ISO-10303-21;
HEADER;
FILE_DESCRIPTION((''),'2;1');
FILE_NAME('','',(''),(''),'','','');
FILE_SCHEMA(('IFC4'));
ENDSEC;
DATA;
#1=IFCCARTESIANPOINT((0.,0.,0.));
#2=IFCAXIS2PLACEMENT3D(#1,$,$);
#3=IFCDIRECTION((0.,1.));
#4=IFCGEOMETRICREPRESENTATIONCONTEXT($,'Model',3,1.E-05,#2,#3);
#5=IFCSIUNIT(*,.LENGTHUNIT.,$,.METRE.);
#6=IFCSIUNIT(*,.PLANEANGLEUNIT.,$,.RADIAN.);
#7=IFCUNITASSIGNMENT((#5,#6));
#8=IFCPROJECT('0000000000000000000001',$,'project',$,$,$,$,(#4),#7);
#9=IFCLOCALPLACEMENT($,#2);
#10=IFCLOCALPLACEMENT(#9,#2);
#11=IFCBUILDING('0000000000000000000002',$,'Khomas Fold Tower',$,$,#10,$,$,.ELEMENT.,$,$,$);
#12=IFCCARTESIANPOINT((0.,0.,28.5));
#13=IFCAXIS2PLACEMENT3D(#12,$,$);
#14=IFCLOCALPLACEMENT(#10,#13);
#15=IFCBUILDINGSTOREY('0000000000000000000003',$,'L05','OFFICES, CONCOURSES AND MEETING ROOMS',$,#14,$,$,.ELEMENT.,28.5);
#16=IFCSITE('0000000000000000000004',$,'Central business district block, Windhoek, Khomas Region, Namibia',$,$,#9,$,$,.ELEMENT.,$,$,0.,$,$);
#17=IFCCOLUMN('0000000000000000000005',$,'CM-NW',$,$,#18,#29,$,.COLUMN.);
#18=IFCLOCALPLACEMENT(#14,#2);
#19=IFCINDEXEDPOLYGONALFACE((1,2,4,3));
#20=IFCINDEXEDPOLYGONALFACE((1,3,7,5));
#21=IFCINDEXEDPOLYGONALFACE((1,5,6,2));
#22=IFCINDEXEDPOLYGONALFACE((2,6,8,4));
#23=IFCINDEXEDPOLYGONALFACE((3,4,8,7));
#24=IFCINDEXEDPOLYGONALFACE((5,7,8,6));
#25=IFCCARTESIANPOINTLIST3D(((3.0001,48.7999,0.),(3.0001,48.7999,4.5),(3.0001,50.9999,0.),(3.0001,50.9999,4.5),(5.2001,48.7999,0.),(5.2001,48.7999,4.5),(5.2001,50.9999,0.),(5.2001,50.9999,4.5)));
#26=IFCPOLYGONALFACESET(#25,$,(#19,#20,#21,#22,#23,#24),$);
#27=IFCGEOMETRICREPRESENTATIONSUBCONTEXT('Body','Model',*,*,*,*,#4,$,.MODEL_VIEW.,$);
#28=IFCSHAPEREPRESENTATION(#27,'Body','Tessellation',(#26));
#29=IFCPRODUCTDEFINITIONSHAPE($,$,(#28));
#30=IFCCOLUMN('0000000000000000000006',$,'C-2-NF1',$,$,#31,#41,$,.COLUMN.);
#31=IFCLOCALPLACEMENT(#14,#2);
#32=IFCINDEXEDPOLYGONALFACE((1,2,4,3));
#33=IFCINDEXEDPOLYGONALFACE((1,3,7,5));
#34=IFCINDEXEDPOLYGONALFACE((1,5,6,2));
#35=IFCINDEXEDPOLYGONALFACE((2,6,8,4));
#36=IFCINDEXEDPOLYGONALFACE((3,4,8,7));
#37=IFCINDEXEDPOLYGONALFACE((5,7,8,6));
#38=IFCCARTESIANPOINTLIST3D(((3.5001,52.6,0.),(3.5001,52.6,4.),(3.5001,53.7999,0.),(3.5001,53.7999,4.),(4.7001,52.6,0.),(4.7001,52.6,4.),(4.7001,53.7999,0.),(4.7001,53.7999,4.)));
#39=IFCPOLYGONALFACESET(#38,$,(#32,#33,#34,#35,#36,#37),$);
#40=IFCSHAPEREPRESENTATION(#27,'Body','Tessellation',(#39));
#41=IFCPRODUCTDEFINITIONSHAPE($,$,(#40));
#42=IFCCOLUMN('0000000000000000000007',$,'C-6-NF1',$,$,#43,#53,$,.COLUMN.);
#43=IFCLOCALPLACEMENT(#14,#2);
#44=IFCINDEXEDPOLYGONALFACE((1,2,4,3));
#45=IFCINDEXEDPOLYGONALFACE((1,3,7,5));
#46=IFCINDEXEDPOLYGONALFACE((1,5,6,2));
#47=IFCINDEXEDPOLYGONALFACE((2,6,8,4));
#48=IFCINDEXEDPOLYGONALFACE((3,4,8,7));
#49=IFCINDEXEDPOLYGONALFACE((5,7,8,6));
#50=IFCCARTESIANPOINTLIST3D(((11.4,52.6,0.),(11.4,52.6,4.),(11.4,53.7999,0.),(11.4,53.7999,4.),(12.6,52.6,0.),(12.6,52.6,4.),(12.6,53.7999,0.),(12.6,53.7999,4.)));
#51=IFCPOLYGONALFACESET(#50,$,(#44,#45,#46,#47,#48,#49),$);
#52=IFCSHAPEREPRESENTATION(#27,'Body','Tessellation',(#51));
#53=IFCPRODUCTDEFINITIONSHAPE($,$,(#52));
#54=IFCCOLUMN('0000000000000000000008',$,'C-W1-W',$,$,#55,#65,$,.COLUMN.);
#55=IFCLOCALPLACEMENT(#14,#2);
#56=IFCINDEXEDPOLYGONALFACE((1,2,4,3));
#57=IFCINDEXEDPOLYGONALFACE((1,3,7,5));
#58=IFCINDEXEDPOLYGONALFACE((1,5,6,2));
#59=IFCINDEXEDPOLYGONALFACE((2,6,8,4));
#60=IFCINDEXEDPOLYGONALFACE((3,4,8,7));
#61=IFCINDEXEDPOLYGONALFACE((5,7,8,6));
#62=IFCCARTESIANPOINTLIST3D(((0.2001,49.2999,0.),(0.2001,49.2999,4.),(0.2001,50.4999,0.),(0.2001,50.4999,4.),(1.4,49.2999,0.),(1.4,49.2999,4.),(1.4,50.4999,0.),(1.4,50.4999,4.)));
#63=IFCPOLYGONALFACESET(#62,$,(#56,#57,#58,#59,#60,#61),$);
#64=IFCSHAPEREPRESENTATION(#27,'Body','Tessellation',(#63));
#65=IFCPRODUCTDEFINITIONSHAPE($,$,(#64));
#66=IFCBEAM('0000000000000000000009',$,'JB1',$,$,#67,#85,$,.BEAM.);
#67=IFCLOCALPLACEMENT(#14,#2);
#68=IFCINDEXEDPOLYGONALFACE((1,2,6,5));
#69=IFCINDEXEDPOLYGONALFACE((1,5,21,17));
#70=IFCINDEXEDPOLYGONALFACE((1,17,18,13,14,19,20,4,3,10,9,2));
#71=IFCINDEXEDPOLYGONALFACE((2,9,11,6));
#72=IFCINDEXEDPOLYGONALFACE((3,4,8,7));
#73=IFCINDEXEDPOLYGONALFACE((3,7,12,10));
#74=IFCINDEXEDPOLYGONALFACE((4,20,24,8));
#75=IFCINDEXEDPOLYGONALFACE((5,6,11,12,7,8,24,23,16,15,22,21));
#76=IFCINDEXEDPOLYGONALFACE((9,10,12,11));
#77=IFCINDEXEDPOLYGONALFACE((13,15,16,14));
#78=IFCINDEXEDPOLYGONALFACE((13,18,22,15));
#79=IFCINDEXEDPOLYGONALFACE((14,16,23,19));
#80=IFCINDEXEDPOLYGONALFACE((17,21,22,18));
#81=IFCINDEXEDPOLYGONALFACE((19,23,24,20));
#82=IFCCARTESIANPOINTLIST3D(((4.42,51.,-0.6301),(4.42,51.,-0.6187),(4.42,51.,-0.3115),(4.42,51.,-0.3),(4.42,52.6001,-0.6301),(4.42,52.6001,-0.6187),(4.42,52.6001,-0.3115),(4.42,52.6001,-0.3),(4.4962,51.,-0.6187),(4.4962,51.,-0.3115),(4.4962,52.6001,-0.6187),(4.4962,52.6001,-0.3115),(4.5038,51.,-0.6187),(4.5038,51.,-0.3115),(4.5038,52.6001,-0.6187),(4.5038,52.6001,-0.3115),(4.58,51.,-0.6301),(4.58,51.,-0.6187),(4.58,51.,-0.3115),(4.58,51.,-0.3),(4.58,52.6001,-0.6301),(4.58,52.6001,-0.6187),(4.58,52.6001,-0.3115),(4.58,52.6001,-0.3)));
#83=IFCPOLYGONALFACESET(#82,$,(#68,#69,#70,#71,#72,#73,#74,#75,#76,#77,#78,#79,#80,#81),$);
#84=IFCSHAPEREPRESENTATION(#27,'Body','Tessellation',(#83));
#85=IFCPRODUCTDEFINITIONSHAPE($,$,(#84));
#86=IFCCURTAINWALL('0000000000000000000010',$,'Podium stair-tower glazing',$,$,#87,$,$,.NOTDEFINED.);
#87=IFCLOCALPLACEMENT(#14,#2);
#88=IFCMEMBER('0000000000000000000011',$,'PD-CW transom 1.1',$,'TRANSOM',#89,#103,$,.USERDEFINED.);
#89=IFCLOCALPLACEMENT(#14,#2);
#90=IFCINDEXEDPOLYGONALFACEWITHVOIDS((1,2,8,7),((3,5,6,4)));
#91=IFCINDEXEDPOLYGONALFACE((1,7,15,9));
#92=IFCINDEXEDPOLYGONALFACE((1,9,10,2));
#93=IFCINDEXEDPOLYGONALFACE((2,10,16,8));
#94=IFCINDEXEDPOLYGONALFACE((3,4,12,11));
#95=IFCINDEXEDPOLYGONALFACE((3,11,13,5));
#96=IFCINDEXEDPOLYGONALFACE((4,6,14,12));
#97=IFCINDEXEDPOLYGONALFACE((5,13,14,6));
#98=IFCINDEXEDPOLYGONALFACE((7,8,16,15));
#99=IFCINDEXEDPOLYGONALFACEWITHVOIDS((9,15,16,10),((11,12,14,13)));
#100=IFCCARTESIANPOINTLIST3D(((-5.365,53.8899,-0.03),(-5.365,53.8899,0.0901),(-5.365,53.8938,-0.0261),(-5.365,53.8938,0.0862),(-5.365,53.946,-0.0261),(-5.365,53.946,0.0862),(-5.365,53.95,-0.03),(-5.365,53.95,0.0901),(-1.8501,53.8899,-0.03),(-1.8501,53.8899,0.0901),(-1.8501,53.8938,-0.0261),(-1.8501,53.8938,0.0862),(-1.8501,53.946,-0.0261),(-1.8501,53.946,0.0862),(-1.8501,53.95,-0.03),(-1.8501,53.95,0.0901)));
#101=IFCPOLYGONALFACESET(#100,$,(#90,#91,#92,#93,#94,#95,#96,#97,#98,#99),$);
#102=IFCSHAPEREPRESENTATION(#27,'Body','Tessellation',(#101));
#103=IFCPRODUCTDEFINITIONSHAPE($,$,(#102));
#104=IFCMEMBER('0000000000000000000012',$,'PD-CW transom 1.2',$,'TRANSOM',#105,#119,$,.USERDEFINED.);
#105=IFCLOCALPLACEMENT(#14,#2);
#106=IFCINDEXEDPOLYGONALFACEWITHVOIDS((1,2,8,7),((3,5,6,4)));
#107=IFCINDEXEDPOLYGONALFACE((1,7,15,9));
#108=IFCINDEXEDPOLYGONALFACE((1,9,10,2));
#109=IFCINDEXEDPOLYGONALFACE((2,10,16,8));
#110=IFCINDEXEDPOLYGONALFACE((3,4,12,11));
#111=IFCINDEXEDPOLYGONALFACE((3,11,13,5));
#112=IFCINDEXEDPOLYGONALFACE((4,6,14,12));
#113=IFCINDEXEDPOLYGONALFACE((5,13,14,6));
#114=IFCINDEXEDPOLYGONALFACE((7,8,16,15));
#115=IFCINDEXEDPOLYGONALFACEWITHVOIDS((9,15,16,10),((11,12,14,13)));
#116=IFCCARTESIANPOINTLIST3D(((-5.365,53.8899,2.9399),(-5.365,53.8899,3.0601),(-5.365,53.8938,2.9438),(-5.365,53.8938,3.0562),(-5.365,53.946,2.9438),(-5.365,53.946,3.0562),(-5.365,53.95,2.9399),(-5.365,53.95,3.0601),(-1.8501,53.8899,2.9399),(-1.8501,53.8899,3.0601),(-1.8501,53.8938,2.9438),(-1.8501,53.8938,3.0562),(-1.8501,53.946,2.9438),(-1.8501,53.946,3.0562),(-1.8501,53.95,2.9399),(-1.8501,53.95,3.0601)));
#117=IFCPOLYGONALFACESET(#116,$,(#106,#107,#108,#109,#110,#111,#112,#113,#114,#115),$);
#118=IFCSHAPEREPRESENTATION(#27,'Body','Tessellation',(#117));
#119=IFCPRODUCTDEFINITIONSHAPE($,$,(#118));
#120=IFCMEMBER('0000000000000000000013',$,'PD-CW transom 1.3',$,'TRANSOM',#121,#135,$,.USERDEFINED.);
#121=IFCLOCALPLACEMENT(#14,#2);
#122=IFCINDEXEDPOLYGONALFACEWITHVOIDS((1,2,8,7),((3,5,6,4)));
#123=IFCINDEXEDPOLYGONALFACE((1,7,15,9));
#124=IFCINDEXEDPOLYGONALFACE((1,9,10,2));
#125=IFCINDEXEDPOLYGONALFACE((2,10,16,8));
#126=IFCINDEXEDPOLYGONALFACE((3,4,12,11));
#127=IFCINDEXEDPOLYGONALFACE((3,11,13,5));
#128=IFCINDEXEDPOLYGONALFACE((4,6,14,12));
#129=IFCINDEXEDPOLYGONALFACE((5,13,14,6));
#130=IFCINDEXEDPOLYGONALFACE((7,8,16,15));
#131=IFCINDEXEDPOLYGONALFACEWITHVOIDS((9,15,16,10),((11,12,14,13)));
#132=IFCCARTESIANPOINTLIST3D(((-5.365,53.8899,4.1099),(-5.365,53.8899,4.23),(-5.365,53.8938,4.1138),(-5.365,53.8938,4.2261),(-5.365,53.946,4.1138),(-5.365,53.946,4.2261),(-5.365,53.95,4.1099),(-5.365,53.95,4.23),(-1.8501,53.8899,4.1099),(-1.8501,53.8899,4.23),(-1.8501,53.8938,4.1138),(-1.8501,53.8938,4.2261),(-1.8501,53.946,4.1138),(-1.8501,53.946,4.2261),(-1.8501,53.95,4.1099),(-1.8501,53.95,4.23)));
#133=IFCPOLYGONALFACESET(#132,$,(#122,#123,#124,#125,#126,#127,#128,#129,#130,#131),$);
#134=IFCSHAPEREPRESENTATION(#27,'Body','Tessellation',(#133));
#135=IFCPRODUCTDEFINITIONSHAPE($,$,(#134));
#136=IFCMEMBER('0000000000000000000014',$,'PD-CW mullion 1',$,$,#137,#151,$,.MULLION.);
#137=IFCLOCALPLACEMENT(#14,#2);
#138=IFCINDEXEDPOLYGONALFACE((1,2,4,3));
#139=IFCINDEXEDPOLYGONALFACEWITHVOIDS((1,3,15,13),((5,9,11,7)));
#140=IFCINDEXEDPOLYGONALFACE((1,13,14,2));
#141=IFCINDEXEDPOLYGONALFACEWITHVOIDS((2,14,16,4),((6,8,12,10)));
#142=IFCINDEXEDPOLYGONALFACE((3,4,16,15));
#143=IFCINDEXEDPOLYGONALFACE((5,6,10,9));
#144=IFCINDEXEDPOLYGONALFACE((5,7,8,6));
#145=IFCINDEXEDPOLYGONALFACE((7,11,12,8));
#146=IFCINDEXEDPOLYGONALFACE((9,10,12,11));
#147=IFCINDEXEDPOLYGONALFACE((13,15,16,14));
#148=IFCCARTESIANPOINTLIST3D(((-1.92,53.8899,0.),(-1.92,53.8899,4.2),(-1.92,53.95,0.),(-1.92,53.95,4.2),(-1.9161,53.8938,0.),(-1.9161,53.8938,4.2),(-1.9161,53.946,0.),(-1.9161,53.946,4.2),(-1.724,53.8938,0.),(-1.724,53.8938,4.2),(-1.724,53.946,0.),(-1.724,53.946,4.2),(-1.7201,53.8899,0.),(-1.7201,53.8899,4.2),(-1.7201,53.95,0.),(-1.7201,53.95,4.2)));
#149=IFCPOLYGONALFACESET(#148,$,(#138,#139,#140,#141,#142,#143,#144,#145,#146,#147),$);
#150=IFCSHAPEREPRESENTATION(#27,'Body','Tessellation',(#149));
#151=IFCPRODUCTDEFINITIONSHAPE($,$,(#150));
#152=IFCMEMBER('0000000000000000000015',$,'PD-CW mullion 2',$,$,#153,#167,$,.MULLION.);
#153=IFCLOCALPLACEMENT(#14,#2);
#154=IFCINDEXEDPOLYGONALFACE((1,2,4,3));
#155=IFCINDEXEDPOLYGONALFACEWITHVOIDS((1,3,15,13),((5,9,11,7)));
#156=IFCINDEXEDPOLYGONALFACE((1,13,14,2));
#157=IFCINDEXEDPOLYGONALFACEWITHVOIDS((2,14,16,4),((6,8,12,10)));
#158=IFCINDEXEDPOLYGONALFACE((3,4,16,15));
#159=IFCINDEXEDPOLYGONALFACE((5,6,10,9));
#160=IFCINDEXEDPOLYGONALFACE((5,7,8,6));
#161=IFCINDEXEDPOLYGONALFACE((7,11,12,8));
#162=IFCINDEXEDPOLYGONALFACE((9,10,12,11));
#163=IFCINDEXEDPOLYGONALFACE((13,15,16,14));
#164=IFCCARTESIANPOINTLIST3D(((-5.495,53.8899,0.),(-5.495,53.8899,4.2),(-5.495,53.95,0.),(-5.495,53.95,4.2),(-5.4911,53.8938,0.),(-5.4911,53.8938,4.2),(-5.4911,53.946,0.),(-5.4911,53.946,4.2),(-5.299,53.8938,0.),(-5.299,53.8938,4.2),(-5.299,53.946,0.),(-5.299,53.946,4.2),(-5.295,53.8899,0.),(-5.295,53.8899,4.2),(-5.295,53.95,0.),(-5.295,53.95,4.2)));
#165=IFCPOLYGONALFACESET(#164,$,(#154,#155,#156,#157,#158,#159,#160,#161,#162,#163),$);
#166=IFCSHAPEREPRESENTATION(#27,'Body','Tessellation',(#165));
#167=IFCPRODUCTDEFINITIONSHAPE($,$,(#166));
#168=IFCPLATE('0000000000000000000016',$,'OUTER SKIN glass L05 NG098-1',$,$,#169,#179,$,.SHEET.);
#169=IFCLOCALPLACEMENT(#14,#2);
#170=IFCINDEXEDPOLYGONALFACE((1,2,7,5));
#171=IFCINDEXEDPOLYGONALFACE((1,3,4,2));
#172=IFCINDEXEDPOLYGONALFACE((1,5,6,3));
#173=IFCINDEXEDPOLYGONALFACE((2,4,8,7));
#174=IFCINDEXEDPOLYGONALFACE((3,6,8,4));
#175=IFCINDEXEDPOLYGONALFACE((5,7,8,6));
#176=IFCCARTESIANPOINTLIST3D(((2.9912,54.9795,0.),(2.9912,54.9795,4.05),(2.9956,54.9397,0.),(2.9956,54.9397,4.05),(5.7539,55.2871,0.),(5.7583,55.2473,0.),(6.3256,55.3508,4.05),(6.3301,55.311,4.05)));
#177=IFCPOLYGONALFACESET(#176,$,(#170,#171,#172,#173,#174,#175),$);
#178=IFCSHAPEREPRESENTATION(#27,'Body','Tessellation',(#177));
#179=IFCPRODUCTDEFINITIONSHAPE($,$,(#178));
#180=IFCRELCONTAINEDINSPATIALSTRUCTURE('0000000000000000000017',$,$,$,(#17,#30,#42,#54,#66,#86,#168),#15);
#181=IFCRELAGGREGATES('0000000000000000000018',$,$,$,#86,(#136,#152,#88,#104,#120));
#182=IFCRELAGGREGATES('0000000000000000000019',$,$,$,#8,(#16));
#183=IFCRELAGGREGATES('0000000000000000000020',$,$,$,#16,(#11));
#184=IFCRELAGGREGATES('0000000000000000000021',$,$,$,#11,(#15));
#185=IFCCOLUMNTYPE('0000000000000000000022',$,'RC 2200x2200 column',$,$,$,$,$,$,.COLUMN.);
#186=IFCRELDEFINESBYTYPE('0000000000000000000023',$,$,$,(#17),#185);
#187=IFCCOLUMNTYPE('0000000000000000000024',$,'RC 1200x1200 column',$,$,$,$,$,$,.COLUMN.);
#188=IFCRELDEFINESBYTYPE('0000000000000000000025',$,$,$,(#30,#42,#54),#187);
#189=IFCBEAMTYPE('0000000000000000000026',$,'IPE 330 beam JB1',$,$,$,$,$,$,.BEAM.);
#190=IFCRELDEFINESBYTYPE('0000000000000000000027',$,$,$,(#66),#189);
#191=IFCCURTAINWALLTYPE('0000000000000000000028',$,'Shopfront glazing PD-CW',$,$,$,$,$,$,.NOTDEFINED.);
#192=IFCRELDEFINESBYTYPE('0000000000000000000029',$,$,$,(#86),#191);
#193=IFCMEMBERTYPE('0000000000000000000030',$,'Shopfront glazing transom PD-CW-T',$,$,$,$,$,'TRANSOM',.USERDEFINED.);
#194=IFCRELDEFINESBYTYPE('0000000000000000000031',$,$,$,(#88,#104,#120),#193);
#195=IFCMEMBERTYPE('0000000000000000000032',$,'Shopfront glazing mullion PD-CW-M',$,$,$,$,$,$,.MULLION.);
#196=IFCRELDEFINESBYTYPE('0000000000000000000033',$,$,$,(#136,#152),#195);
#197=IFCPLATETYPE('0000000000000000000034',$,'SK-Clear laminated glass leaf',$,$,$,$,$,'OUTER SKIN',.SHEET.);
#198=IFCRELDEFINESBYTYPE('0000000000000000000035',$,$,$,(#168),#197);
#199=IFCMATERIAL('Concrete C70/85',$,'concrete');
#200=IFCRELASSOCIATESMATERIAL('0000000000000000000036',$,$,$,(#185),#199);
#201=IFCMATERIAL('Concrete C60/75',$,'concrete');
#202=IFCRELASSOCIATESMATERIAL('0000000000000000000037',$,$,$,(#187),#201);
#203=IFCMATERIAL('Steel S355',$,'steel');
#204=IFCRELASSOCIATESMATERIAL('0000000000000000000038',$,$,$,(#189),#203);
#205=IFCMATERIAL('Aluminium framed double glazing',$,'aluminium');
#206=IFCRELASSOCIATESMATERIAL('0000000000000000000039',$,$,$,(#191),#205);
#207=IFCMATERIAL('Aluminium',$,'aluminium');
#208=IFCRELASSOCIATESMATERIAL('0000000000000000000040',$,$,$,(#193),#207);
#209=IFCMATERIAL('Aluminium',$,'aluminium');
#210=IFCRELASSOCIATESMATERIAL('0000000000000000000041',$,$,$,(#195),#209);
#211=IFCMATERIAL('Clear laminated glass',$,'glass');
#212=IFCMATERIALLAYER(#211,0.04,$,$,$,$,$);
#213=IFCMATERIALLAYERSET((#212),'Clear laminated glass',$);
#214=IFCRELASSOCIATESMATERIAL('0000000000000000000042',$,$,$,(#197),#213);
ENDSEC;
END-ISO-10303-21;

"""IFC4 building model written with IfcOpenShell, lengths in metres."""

from ifc_helpers import new_model, si_unit, direction, frame, origin, origin_2d, place, context, subcontext, project, spatial, polyline, rectangle, hollow_rectangle, i_section, outline, extrude, source, transform, mapped, material, layer, layer_set, material_profile, profile_set, type_object, element, aggregate, save


model = new_model("IFC4")

# Units and contexts
model_context = context("Model", 3, precision=1e-05, world=origin(), true_north=direction((0.0, 1.0)))
body_context = subcontext(model_context, "Body", "Model", "MODEL_VIEW")
ifc_project = project(units=[si_unit("LENGTHUNIT", "METRE"), si_unit("PLANEANGLEUNIT", "RADIAN")], contexts=[model_context])

# Site, building, storey
site_placement = place(None, origin())
site = spatial("IfcSite", under=ifc_project, at=site_placement, Name="Central business district block, Windhoek, Khomas Region, Namibia", CompositionType="ELEMENT", RefElevation=0.0)
building_placement = place(site_placement, origin())
building = spatial("IfcBuilding", under=site, at=building_placement, Name="Khomas Fold Tower", CompositionType="ELEMENT")
storey_placement = place(building_placement, frame((0.0, 0.0, 28.5)))
storey = spatial("IfcBuildingStorey", under=building, at=storey_placement, Name="L05", Description="OFFICES, CONCOURSES AND MEETING ROOMS", CompositionType="ELEMENT", Elevation=28.5)

# Columns
ifc_material_1 = material(Name="Concrete C70/85", Category="concrete")
ifc_material_profile_1 = material_profile(ifc_material_1, rectangle(XDim=2.2, YDim=2.2, at=origin_2d()), Name="RC 2200x2200")
ifc_profile_set_1 = profile_set([ifc_material_profile_1], Name="Concrete C70/85")
column_type_1 = type_object("IfcColumnType", Name="RC 2200x2200 column", PredefinedType="COLUMN", material=ifc_profile_set_1)
shared_shape_1 = source(origin(), body_context, "Body", "SweptSolid", [
    extrude(rectangle(XDim=2.2, YDim=2.2, at=origin_2d()), origin(), (0.0, 0.0, 1.0), 4.5),
])
column_placement = place(storey_placement, frame((4.1001, 49.8999, 0.0), z_axis=(0.0, 0.0, 1.0), x_axis=(1.0, 0.0, 0.0)))
element("IfcColumn", 1, at=column_placement, inside=storey, type_object=column_type_1, Name="CM-NW", PredefinedType="COLUMN", context=body_context, shape_type="MappedRepresentation", body=[
    mapped(shared_shape_1, transform((0.0, 0.0, 0.0))),
])
ifc_material_2 = material(Name="Concrete C60/75", Category="concrete")
ifc_material_profile_2 = material_profile(ifc_material_2, rectangle(XDim=1.2, YDim=1.2, at=origin_2d()), Name="RC 1200x1200")
ifc_profile_set_2 = profile_set([ifc_material_profile_2], Name="Concrete C60/75")
column_type_2 = type_object("IfcColumnType", Name="RC 1200x1200 column", PredefinedType="COLUMN", material=ifc_profile_set_2)
shared_shape_2 = source(origin(), body_context, "Body", "SweptSolid", [
    extrude(rectangle(XDim=1.2, YDim=1.2, at=origin_2d()), origin(), (0.0, 0.0, 1.0), 4.0),
])
for number, where, z_axis, x_axis, name in (
    (2, (4.1001, 53.2, 0.0), (0.0, 0.0, 1.0), (1.0, 0.0, 0.0), "C-2-NF1"),
    (3, (12.0, 53.2, 0.0), (0.0, 0.0, 1.0), (1.0, 0.0, 0.0), "C-6-NF1"),
    (4, (0.8, 49.8999, 0.0), (0.0, 0.0, 1.0), (1.0, 0.0, 0.0), "C-W1-W"),
):
    element("IfcColumn", number, at=place(storey_placement, frame(where, z_axis=z_axis, x_axis=x_axis)), inside=storey, type_object=column_type_2, Name=name, PredefinedType="COLUMN", context=body_context, shape_type="MappedRepresentation", body=[
        mapped(shared_shape_2, transform((0.0, 0.0, 0.0))),
    ])

# Beam
ifc_material_3 = material(Name="Steel S355", Category="steel")
ifc_material_profile_3 = material_profile(ifc_material_3, i_section(OverallWidth=0.1599, OverallDepth=0.3301, WebThickness=0.0076, FlangeThickness=0.0115, at=origin_2d()), Name="IPE 330")
ifc_profile_set_3 = profile_set([ifc_material_profile_3], Name="Steel S355")
beam_type = type_object("IfcBeamType", Name="IPE 330 beam JB1", PredefinedType="BEAM", material=ifc_profile_set_3)
shared_shape_3 = source(origin(), body_context, "Body", "SweptSolid", [
    extrude(i_section(OverallWidth=0.1599, OverallDepth=0.3301, WebThickness=0.0076, FlangeThickness=0.0115, at=origin_2d()), origin(), (0.0, 0.0, 1.0), 1.6001),
])
beam_placement = place(storey_placement, frame((4.5, 51.0, -0.4651), z_axis=(0.0, 1.0, 0.0), x_axis=(-1.0, 0.0, 0.0)))
element("IfcBeam", 5, at=beam_placement, inside=storey, type_object=beam_type, Name="JB1", PredefinedType="BEAM", context=body_context, shape_type="MappedRepresentation", body=[
    mapped(shared_shape_3, transform((0.0, 0.0, 0.0))),
])

# Curtain wall, members
ifc_material_4 = material(Name="Aluminium framed double glazing", Category="aluminium")
curtain_wall_type = type_object("IfcCurtainWallType", Name="Shopfront glazing PD-CW", PredefinedType="NOTDEFINED", material=ifc_material_4)
curtain_wall_placement = place(storey_placement, origin())
curtain_wall = element("IfcCurtainWall", 6, at=curtain_wall_placement, inside=storey, type_object=curtain_wall_type, Name="Podium stair-tower glazing", PredefinedType="NOTDEFINED")
ifc_material_5 = material(Name="Aluminium", Category="aluminium")
ifc_material_profile_4 = material_profile(ifc_material_5, hollow_rectangle(XDim=0.0601, YDim=0.1201, WallThickness=0.0039, at=origin_2d()), Name="Shopfront glazing transom PD-CW-T")
ifc_profile_set_4 = profile_set([ifc_material_profile_4], Name="Aluminium")
member_type_1 = type_object("IfcMemberType", Name="Shopfront glazing transom PD-CW-T", ElementType="TRANSOM", PredefinedType="USERDEFINED", material=ifc_profile_set_4)
shared_shape_4 = source(origin(), body_context, "Body", "SweptSolid", [
    extrude(hollow_rectangle(XDim=0.0601, YDim=0.1201, WallThickness=0.0039, at=origin_2d()), origin(), (0.0, 0.0, 1.0), 3.5149),
])
member_1_placement = place(storey_placement, frame((-1.8501, 53.9199, 0.03), z_axis=(-1.0, 0.0, 0.0), x_axis=(0.0, -1.0, 0.0)))
member_1 = element("IfcMember", 7, at=member_1_placement, type_object=member_type_1, Name="PD-CW transom 1.1", ObjectType="TRANSOM", PredefinedType="USERDEFINED", context=body_context, shape_type="MappedRepresentation", body=[
    mapped(shared_shape_4, transform((0.0, 0.0, 0.0))),
])
member_2_placement = place(storey_placement, frame((-1.8501, 53.9199, 3.0), z_axis=(-1.0, 0.0, 0.0), x_axis=(0.0, -1.0, 0.0)))
member_2 = element("IfcMember", 8, at=member_2_placement, type_object=member_type_1, Name="PD-CW transom 1.2", ObjectType="TRANSOM", PredefinedType="USERDEFINED", context=body_context, shape_type="MappedRepresentation", body=[
    mapped(shared_shape_4, transform((0.0, 0.0, 0.0))),
])
member_3_placement = place(storey_placement, frame((-1.8501, 53.9199, 4.1699), z_axis=(-1.0, 0.0, 0.0), x_axis=(0.0, -1.0, 0.0)))
member_3 = element("IfcMember", 9, at=member_3_placement, type_object=member_type_1, Name="PD-CW transom 1.3", ObjectType="TRANSOM", PredefinedType="USERDEFINED", context=body_context, shape_type="MappedRepresentation", body=[
    mapped(shared_shape_4, transform((0.0, 0.0, 0.0))),
])
ifc_material_6 = material(Name="Aluminium", Category="aluminium")
ifc_material_profile_5 = material_profile(ifc_material_6, hollow_rectangle(XDim=0.0601, YDim=0.2, WallThickness=0.0039, at=origin_2d()), Name="Shopfront glazing mullion PD-CW-M")
ifc_profile_set_5 = profile_set([ifc_material_profile_5], Name="Aluminium")
member_type_2 = type_object("IfcMemberType", Name="Shopfront glazing mullion PD-CW-M", PredefinedType="MULLION", material=ifc_profile_set_5)
shared_shape_5 = source(origin(), body_context, "Body", "SweptSolid", [
    extrude(hollow_rectangle(XDim=0.0601, YDim=0.2, WallThickness=0.0039, at=origin_2d()), origin(), (0.0, 0.0, 1.0), 4.2),
])
member_4_placement = place(storey_placement, frame((-1.8201, 53.9199, 0.0), z_axis=(0.0, 0.0, 1.0), x_axis=(0.0, -1.0, 0.0)))
member_4 = element("IfcMember", 10, at=member_4_placement, type_object=member_type_2, Name="PD-CW mullion 1", PredefinedType="MULLION", context=body_context, shape_type="MappedRepresentation", body=[
    mapped(shared_shape_5, transform((0.0, 0.0, 0.0))),
])
member_5_placement = place(storey_placement, frame((-5.395, 53.9199, 0.0), z_axis=(0.0, 0.0, 1.0), x_axis=(0.0, -1.0, 0.0)))
member_5 = element("IfcMember", 11, at=member_5_placement, type_object=member_type_2, Name="PD-CW mullion 2", PredefinedType="MULLION", context=body_context, shape_type="MappedRepresentation", body=[
    mapped(shared_shape_5, transform((0.0, 0.0, 0.0))),
])

# Plate
ifc_material_7 = material(Name="Clear laminated glass", Category="glass")
ifc_layer_1 = layer(ifc_material_7, 0.04)
ifc_layer_set_1 = layer_set([ifc_layer_1], Name="Clear laminated glass")
plate_type_1 = type_object("IfcPlateType", Name="SK-Clear laminated glass leaf", ElementType="OUTER SKIN", PredefinedType="SHEET", material=ifc_layer_set_1)
plate_1_placement = place(storey_placement, frame((6.3301, 55.311, 4.05), z_axis=(0.110672, -0.993857, 0.000006), x_axis=(-0.139775, -0.015571, -0.990061)))
element("IfcPlate", 12, at=plate_1_placement, inside=storey, type_object=plate_type_1, Name="OUTER SKIN glass L05 NG098-1", PredefinedType="SHEET", context=body_context, shape_type="SweptSolid", body=[
    extrude(outline(polyline([(0.0, 0.0), (4.0907, 0.0), (4.4817, -2.7521), (0.4719, -3.3217), (0.0, 0.0)])), origin(), (0.0, 0.0, -1.0), 0.04),
])
aggregate(curtain_wall, [member_4, member_5, member_1, member_2, member_3])

save(model, "model.ifc")
